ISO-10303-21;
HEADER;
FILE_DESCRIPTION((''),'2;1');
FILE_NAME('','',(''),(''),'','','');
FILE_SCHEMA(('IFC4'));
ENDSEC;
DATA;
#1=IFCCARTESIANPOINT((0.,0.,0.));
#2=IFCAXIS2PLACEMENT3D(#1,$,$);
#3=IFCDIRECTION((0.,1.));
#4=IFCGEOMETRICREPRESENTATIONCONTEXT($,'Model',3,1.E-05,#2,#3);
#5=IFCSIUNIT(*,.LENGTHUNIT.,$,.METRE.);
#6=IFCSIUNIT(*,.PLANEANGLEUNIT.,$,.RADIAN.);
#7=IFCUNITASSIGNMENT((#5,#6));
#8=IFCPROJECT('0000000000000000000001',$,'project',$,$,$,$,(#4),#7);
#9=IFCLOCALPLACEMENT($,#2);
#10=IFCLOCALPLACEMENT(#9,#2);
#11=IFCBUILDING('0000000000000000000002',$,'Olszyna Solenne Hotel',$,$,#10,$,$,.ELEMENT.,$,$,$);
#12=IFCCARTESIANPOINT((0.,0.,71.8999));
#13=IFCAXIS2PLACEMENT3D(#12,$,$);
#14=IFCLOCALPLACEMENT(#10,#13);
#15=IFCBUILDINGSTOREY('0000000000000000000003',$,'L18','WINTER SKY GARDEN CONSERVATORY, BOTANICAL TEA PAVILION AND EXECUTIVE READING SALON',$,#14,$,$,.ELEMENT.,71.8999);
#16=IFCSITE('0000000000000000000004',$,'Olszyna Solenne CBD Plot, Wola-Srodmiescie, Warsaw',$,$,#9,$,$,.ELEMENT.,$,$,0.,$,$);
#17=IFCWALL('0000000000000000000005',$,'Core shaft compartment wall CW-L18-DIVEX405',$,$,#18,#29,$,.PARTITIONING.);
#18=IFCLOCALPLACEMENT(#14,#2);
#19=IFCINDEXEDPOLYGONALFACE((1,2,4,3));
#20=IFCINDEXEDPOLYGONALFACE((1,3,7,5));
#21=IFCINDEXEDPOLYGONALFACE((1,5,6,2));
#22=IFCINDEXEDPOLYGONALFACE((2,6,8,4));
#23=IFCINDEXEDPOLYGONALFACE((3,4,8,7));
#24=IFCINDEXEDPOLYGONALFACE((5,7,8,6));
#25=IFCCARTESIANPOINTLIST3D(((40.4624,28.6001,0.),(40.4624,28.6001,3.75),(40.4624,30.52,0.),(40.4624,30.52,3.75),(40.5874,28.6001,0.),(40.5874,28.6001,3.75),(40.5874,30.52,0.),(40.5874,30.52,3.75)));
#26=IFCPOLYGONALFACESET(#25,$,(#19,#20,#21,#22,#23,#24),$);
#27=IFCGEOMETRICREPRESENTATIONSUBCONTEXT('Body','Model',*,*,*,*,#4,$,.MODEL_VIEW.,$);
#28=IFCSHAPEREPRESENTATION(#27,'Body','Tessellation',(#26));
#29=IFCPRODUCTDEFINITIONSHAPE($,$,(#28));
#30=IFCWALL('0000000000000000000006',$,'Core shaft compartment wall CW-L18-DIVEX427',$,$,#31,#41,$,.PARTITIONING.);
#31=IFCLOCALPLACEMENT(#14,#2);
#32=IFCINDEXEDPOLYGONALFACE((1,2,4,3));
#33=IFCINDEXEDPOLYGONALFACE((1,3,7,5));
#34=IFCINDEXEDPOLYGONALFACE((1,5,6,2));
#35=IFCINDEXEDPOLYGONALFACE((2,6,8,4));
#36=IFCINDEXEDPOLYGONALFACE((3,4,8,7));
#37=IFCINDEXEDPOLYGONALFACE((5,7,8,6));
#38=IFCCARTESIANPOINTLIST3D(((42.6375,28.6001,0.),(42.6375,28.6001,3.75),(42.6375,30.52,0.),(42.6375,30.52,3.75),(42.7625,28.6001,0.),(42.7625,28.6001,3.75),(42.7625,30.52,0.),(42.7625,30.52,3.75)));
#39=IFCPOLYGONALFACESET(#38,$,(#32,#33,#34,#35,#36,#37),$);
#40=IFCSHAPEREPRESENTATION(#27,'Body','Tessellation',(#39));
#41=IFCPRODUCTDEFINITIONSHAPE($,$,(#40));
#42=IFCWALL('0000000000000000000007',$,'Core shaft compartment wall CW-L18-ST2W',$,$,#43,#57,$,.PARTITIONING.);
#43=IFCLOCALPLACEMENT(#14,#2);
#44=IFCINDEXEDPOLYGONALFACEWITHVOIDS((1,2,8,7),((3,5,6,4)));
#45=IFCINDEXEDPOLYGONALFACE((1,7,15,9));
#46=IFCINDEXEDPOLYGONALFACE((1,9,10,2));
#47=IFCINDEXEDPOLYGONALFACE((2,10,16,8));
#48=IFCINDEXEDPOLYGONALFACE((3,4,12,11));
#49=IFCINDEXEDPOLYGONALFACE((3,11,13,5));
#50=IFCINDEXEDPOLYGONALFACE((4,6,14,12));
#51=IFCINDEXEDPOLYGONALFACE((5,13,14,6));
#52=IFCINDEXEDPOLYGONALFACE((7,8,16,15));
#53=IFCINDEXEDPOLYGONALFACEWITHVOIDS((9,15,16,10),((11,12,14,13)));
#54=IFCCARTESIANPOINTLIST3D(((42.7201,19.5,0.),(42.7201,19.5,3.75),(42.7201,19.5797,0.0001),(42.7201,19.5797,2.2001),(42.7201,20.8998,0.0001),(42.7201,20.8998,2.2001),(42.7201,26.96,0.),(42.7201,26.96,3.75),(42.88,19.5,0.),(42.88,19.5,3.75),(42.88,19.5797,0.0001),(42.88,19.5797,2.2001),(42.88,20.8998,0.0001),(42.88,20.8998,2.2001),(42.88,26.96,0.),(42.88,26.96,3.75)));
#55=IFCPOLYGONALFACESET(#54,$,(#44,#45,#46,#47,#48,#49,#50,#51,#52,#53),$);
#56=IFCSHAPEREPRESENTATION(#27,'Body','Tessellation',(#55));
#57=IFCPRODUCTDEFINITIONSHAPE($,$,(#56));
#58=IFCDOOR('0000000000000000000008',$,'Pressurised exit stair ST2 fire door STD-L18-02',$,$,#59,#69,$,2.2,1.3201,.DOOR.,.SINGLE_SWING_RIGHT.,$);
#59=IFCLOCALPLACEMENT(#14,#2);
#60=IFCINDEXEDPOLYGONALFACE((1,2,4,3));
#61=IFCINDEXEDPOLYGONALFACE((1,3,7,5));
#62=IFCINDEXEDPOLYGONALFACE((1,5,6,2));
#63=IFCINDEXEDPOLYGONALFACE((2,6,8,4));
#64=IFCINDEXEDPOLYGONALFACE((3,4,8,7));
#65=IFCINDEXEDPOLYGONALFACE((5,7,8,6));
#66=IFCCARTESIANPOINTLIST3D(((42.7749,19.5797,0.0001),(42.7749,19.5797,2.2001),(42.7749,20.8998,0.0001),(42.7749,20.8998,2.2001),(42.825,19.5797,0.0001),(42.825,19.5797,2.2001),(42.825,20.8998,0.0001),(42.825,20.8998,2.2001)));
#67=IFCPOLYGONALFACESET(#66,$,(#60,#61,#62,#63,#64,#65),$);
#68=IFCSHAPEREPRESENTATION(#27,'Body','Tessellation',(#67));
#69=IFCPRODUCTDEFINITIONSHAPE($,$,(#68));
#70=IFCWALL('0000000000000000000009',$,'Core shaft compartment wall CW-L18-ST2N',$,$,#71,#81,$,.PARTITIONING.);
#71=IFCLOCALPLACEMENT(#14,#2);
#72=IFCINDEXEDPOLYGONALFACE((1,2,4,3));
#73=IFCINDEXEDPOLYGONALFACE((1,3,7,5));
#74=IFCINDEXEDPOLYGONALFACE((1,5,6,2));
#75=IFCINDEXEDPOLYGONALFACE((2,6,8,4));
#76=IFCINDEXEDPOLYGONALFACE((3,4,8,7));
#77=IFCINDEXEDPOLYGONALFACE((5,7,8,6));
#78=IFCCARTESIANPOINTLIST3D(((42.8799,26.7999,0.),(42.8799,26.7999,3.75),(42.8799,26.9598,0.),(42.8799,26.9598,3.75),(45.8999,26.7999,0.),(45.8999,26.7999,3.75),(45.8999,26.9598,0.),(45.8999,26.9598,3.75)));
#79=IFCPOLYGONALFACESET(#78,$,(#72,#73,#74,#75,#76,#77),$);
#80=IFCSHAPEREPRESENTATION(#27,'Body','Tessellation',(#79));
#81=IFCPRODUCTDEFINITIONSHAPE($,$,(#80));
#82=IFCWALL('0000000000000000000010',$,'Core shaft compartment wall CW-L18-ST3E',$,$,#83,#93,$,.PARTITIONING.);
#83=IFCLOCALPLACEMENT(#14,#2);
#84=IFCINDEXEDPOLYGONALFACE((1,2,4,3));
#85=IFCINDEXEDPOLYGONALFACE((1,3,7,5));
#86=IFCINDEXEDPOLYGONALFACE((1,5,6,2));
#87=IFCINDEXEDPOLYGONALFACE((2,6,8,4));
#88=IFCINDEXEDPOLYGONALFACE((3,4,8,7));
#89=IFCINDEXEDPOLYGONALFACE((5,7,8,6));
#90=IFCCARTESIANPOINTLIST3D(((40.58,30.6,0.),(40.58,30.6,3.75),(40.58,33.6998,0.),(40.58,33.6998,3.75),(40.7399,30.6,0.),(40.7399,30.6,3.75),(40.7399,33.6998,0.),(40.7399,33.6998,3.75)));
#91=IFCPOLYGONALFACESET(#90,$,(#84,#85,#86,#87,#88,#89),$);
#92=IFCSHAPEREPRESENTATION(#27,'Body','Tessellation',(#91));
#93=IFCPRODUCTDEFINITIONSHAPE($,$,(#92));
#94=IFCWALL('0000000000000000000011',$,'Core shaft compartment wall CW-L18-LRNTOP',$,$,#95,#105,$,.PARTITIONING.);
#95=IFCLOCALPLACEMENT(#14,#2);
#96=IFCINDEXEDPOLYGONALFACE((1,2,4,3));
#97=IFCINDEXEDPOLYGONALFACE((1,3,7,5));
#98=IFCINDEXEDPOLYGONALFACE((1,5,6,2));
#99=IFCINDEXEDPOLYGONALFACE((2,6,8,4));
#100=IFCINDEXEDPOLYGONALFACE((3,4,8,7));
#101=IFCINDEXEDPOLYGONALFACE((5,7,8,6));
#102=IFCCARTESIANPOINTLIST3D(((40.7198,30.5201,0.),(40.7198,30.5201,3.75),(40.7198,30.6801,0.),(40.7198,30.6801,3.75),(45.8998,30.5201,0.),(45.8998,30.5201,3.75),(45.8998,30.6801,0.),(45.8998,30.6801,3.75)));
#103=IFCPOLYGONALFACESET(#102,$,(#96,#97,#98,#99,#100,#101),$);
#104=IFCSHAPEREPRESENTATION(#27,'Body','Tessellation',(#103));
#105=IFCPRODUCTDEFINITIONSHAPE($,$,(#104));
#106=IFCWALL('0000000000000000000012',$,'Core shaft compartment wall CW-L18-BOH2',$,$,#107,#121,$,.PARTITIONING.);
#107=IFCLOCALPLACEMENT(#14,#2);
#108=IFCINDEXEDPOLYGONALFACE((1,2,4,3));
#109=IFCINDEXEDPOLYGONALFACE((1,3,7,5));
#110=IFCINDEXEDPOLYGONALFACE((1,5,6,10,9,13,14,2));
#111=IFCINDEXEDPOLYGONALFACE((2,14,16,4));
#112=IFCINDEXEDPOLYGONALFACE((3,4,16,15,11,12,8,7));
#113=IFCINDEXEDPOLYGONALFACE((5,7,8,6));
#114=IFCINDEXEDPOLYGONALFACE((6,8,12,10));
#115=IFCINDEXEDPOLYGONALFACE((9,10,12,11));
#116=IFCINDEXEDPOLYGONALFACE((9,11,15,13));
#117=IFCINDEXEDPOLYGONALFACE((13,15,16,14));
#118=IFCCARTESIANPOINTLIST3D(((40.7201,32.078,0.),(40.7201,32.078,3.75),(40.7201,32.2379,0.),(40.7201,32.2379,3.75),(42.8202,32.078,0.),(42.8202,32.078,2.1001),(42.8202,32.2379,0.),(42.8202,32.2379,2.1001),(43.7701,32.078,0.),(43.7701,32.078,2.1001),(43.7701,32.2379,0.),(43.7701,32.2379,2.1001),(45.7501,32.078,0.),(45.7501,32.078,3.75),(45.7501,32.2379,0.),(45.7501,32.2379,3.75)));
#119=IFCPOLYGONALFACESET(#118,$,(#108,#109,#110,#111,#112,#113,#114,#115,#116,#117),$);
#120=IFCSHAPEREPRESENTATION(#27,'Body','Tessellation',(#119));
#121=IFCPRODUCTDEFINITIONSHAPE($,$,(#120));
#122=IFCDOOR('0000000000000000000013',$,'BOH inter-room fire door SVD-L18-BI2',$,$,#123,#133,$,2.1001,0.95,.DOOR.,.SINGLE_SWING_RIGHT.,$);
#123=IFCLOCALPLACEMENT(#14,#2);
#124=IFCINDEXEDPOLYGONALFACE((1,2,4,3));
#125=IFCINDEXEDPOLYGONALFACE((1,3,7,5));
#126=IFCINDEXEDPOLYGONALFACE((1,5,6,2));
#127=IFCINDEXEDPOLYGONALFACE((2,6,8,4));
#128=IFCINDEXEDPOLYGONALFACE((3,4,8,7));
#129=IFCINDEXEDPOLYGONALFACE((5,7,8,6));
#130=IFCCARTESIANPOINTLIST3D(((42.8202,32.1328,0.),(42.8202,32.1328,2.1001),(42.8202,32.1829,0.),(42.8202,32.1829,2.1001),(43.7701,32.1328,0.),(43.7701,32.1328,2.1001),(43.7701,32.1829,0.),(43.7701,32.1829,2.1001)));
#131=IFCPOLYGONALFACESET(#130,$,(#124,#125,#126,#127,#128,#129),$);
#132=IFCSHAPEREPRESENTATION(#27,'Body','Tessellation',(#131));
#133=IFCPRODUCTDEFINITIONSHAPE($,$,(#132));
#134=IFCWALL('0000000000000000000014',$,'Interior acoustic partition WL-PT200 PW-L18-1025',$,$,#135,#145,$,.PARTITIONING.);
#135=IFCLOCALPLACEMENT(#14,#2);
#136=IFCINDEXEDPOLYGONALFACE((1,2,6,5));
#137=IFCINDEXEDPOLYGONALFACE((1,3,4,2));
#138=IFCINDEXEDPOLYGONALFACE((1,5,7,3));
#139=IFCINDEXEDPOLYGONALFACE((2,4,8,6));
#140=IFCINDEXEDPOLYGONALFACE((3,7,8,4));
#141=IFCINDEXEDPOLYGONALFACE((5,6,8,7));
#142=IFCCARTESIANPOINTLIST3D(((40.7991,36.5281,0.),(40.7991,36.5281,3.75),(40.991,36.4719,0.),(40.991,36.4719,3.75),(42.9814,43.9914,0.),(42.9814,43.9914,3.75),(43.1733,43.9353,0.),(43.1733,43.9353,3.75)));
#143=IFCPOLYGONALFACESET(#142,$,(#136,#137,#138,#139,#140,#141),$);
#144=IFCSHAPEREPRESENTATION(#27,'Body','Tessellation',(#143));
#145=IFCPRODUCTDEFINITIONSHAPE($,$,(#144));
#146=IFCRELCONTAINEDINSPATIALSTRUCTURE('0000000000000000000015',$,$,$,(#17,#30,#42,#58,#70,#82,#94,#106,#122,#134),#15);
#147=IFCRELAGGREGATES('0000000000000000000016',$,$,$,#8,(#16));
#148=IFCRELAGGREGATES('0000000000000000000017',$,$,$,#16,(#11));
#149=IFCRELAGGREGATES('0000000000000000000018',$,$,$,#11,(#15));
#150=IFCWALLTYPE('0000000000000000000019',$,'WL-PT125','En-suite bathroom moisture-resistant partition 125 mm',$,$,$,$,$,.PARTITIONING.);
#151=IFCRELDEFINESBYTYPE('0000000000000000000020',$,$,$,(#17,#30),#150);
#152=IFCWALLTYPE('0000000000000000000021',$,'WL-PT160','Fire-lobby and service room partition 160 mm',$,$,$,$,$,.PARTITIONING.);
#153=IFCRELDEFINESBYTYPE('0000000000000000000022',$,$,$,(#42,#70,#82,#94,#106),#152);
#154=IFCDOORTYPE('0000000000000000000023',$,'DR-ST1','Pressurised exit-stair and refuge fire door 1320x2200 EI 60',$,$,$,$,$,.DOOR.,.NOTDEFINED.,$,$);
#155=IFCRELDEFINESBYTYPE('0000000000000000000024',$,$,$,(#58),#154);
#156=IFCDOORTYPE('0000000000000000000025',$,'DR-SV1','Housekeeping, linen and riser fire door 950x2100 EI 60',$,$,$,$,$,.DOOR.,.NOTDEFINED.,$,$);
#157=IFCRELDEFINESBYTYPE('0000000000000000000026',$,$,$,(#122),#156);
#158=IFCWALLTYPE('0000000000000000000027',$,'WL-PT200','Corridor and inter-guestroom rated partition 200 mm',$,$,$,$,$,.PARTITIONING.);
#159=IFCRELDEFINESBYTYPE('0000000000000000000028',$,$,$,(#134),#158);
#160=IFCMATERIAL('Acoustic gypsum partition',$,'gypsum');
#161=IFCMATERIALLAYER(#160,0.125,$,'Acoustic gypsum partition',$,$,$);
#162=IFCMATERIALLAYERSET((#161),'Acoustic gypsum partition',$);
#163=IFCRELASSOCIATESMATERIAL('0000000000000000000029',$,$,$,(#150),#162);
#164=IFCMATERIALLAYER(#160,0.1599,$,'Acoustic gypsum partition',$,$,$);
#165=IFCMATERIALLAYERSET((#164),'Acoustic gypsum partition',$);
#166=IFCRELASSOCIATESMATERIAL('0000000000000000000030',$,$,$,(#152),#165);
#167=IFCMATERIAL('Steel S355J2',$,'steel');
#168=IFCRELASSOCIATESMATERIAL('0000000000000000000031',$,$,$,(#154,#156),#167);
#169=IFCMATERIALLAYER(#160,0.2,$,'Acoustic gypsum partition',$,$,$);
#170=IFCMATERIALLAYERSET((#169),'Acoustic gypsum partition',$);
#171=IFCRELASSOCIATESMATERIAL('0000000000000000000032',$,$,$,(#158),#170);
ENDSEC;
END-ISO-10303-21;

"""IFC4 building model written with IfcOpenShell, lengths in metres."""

from ifc_helpers import new_model, si_unit, direction, frame, frame_2d, origin, place, context, subcontext, project, spatial, rectangle, extrude, source, transform, mapped, material, layer, layer_set, type_object, type_shapes, element, fill, save


model = new_model("IFC4")

# Units and contexts
model_context = context("Model", 3, precision=1e-05, world=origin(), true_north=direction((0.0, 1.0)))
body_context = subcontext(model_context, "Body", "Model", "MODEL_VIEW")
ifc_project = project(units=[si_unit("LENGTHUNIT", "METRE"), si_unit("PLANEANGLEUNIT", "RADIAN")], contexts=[model_context])

# Site, building, storey
site_placement = place(None, origin())
site = spatial("IfcSite", under=ifc_project, at=site_placement, Name="Olszyna Solenne CBD Plot, Wola-Srodmiescie, Warsaw", CompositionType="ELEMENT", RefElevation=0.0)
building_placement = place(site_placement, origin())
building = spatial("IfcBuilding", under=site, at=building_placement, Name="Olszyna Solenne Hotel", CompositionType="ELEMENT")
storey_placement = place(building_placement, frame((0.0, 0.0, 71.8999)))
storey = spatial("IfcBuildingStorey", under=building, at=storey_placement, Name="L18", Description="WINTER SKY GARDEN CONSERVATORY, BOTANICAL TEA PAVILION AND EXECUTIVE READING SALON", CompositionType="ELEMENT", Elevation=71.8999)

# Shared definitions
ifc_material_1 = material(Name="Steel S355J2", Category="steel")

# Walls
ifc_material_2 = material(Name="Acoustic gypsum partition", Category="gypsum")
ifc_layer_1 = layer(ifc_material_2, 0.125, Name="Acoustic gypsum partition")
ifc_layer_set_1 = layer_set([ifc_layer_1], Name="Acoustic gypsum partition")
wall_type_1 = type_object("IfcWallType", Name="WL-PT125", Description="En-suite bathroom moisture-resistant partition 125 mm", PredefinedType="PARTITIONING", material=ifc_layer_set_1)
for number, where, z_axis, x_axis, name in (
    (1, (40.5249, 28.6001, 0.0), (0.0, 0.0, 1.0), (0.0, 1.0, 0.0), "Core shaft compartment wall CW-L18-DIVEX405"),
    (2, (42.7, 28.6001, 0.0), (0.0, 0.0, 1.0), (0.0, 1.0, 0.0), "Core shaft compartment wall CW-L18-DIVEX427"),
):
    element("IfcWall", number, at=place(storey_placement, frame(where, z_axis=z_axis, x_axis=x_axis)), inside=storey, type_object=wall_type_1, Name=name, PredefinedType="PARTITIONING", context=body_context, shape_type="SweptSolid", body=[
        extrude(rectangle(XDim=1.9199, YDim=0.125, at=frame_2d((0.96, 0.0))), origin(), (0.0, 0.0, 1.0), 3.75),
    ])

# Wall, opening, door
ifc_layer_2 = layer(ifc_material_2, 0.1599, Name="Acoustic gypsum partition")
ifc_layer_set_2 = layer_set([ifc_layer_2], Name="Acoustic gypsum partition")
wall_type_2 = type_object("IfcWallType", Name="WL-PT160", Description="Fire-lobby and service room partition 160 mm", PredefinedType="PARTITIONING", material=ifc_layer_set_2)
wall_1_placement = place(storey_placement, frame((42.8, 26.96, 0.0), z_axis=(0.0, 0.0, 1.0), x_axis=(0.0, -1.0, 0.0)))
wall_1 = element("IfcWall", 3, at=wall_1_placement, inside=storey, type_object=wall_type_2, Name="Core shaft compartment wall CW-L18-ST2W", PredefinedType="PARTITIONING", context=body_context, shape_type="SweptSolid", body=[
    extrude(rectangle(XDim=7.46, YDim=0.1599, at=frame_2d((3.73, 0.0))), origin(), (0.0, 0.0, 1.0), 3.75),
])
opening_1_placement = place(wall_1_placement, frame((6.0601, 0.0, 0.0)))
opening_1 = element("IfcOpeningElement", 4, at=opening_1_placement, cuts=wall_1, PredefinedType="OPENING", context=body_context, shape_type="SweptSolid", body=[
    extrude(rectangle(XDim=1.3201, YDim=2.2, at=frame_2d((0.6602, 1.1001))), frame((0.0, 0.0898, 0.0), z_axis=(0.0, -1.0, 0.0), x_axis=(1.0, 0.0, 0.0)), (0.0, 0.0, 1.0), 0.1799),
])
door_type_1 = type_object("IfcDoorType", Name="DR-ST1", Description="Pressurised exit-stair and refuge fire door 1320x2200 EI 60", OperationType="NOTDEFINED", PredefinedType="DOOR", material=ifc_material_1)
shared_shape_1 = source(origin(), body_context, "Body", "SweptSolid", [
    extrude(rectangle(XDim=1.3201, YDim=2.2, at=frame_2d((0.6602, 1.1001))), frame((0.0, 0.0249, 0.0), z_axis=(0.0, -1.0, 0.0), x_axis=(1.0, 0.0, 0.0)), (0.0, 0.0, 1.0), 0.05),
])
type_shapes(door_type_1, [shared_shape_1])
door_1_placement = place(opening_1_placement, origin())
door_1 = element("IfcDoor", 5, at=door_1_placement, inside=storey, type_object=door_type_1, Name="Pressurised exit stair ST2 fire door STD-L18-02", OperationType="SINGLE_SWING_RIGHT", OverallHeight=2.2, OverallWidth=1.3201, PredefinedType="DOOR", context=body_context, shape_type="MappedRepresentation", body=[
    mapped(shared_shape_1, transform((0.0, 0.0, 0.0), x_axis=(1.0, 0.0, 0.0), y_axis=(0.0, 1.0, 0.0), z_axis=(0.0, 0.0, 1.0), scale=1.0)),
])
fill(opening_1, door_1)

# Walls
wall_2_placement = place(storey_placement, frame((42.8799, 26.8799, 0.0), z_axis=(0.0, 0.0, 1.0), x_axis=(1.0, 0.0, 0.0)))
element("IfcWall", 6, at=wall_2_placement, inside=storey, type_object=wall_type_2, Name="Core shaft compartment wall CW-L18-ST2N", PredefinedType="PARTITIONING", context=body_context, shape_type="SweptSolid", body=[
    extrude(rectangle(XDim=3.02, YDim=0.1599, at=frame_2d((1.51, 0.0))), origin(), (0.0, 0.0, 1.0), 3.75),
])
wall_3_placement = place(storey_placement, frame((40.6599, 30.6001, 0.0), z_axis=(0.0, 0.0, 1.0), x_axis=(0.0, 1.0, 0.0)))
element("IfcWall", 7, at=wall_3_placement, inside=storey, type_object=wall_type_2, Name="Core shaft compartment wall CW-L18-ST3E", PredefinedType="PARTITIONING", context=body_context, shape_type="SweptSolid", body=[
    extrude(rectangle(XDim=3.0999, YDim=0.1599, at=frame_2d((1.5498, 0.0))), origin(), (0.0, 0.0, 1.0), 3.75),
])
wall_4_placement = place(storey_placement, frame((40.72, 30.6001, 0.0), z_axis=(0.0, 0.0, 1.0), x_axis=(1.0, 0.0, 0.0)))
element("IfcWall", 8, at=wall_4_placement, inside=storey, type_object=wall_type_2, Name="Core shaft compartment wall CW-L18-LRNTOP", PredefinedType="PARTITIONING", context=body_context, shape_type="SweptSolid", body=[
    extrude(rectangle(XDim=5.1799, YDim=0.1599, at=frame_2d((2.5898, 0.0))), origin(), (0.0, 0.0, 1.0), 3.75),
])

# Wall, opening, door
wall_5_placement = place(storey_placement, frame((40.72, 32.158, 0.0), z_axis=(0.0, 0.0, 1.0), x_axis=(1.0, 0.0, 0.0)))
wall_5 = element("IfcWall", 9, at=wall_5_placement, inside=storey, type_object=wall_type_2, Name="Core shaft compartment wall CW-L18-BOH2", PredefinedType="PARTITIONING", context=body_context, shape_type="SweptSolid", body=[
    extrude(rectangle(XDim=5.03, YDim=0.1599, at=frame_2d((2.5151, 0.0))), origin(), (0.0, 0.0, 1.0), 3.75),
])
opening_2_placement = place(wall_5_placement, frame((2.1001, 0.0, 0.0)))
opening_2 = element("IfcOpeningElement", 10, at=opening_2_placement, cuts=wall_5, PredefinedType="OPENING", context=body_context, shape_type="SweptSolid", body=[
    extrude(rectangle(XDim=0.95, YDim=2.1001, at=frame_2d((0.4751, 1.05))), frame((0.0, 0.0898, 0.0), z_axis=(0.0, -1.0, 0.0), x_axis=(1.0, 0.0, 0.0)), (0.0, 0.0, 1.0), 0.1799),
])
door_type_2 = type_object("IfcDoorType", Name="DR-SV1", Description="Housekeeping, linen and riser fire door 950x2100 EI 60", OperationType="NOTDEFINED", PredefinedType="DOOR", material=ifc_material_1)
shared_shape_2 = source(origin(), body_context, "Body", "SweptSolid", [
    extrude(rectangle(XDim=0.95, YDim=2.1001, at=frame_2d((0.4751, 1.05))), frame((0.0, 0.0249, 0.0), z_axis=(0.0, -1.0, 0.0), x_axis=(1.0, 0.0, 0.0)), (0.0, 0.0, 1.0), 0.05),
])
type_shapes(door_type_2, [shared_shape_2])
door_2_placement = place(opening_2_placement, origin())
door_2 = element("IfcDoor", 11, at=door_2_placement, inside=storey, type_object=door_type_2, Name="BOH inter-room fire door SVD-L18-BI2", OperationType="SINGLE_SWING_RIGHT", OverallHeight=2.1001, OverallWidth=0.95, PredefinedType="DOOR", context=body_context, shape_type="MappedRepresentation", body=[
    mapped(shared_shape_2, transform((0.0, 0.0, 0.0), x_axis=(1.0, 0.0, 0.0), y_axis=(0.0, 1.0, 0.0), z_axis=(0.0, 0.0, 1.0), scale=1.0)),
])
fill(opening_2, door_2)

# Wall
ifc_layer_3 = layer(ifc_material_2, 0.2, Name="Acoustic gypsum partition")
ifc_layer_set_3 = layer_set([ifc_layer_3], Name="Acoustic gypsum partition")
wall_type_3 = type_object("IfcWallType", Name="WL-PT200", Description="Corridor and inter-guestroom rated partition 200 mm", PredefinedType="PARTITIONING", material=ifc_layer_set_3)
wall_6_placement = place(storey_placement, frame((40.895, 36.5, 0.0), z_axis=(0.0, 0.0, 1.0), x_axis=(0.280658, 0.959808, 0.0)))
element("IfcWall", 12, at=wall_6_placement, inside=storey, type_object=wall_type_3, Name="Interior acoustic partition WL-PT200 PW-L18-1025", PredefinedType="PARTITIONING", context=body_context, shape_type="SweptSolid", body=[
    extrude(rectangle(XDim=7.7759, YDim=0.2, at=frame_2d((3.8879, 0.0))), origin(), (0.0, 0.0, 1.0), 3.75),
])

save(model, "model.ifc")
